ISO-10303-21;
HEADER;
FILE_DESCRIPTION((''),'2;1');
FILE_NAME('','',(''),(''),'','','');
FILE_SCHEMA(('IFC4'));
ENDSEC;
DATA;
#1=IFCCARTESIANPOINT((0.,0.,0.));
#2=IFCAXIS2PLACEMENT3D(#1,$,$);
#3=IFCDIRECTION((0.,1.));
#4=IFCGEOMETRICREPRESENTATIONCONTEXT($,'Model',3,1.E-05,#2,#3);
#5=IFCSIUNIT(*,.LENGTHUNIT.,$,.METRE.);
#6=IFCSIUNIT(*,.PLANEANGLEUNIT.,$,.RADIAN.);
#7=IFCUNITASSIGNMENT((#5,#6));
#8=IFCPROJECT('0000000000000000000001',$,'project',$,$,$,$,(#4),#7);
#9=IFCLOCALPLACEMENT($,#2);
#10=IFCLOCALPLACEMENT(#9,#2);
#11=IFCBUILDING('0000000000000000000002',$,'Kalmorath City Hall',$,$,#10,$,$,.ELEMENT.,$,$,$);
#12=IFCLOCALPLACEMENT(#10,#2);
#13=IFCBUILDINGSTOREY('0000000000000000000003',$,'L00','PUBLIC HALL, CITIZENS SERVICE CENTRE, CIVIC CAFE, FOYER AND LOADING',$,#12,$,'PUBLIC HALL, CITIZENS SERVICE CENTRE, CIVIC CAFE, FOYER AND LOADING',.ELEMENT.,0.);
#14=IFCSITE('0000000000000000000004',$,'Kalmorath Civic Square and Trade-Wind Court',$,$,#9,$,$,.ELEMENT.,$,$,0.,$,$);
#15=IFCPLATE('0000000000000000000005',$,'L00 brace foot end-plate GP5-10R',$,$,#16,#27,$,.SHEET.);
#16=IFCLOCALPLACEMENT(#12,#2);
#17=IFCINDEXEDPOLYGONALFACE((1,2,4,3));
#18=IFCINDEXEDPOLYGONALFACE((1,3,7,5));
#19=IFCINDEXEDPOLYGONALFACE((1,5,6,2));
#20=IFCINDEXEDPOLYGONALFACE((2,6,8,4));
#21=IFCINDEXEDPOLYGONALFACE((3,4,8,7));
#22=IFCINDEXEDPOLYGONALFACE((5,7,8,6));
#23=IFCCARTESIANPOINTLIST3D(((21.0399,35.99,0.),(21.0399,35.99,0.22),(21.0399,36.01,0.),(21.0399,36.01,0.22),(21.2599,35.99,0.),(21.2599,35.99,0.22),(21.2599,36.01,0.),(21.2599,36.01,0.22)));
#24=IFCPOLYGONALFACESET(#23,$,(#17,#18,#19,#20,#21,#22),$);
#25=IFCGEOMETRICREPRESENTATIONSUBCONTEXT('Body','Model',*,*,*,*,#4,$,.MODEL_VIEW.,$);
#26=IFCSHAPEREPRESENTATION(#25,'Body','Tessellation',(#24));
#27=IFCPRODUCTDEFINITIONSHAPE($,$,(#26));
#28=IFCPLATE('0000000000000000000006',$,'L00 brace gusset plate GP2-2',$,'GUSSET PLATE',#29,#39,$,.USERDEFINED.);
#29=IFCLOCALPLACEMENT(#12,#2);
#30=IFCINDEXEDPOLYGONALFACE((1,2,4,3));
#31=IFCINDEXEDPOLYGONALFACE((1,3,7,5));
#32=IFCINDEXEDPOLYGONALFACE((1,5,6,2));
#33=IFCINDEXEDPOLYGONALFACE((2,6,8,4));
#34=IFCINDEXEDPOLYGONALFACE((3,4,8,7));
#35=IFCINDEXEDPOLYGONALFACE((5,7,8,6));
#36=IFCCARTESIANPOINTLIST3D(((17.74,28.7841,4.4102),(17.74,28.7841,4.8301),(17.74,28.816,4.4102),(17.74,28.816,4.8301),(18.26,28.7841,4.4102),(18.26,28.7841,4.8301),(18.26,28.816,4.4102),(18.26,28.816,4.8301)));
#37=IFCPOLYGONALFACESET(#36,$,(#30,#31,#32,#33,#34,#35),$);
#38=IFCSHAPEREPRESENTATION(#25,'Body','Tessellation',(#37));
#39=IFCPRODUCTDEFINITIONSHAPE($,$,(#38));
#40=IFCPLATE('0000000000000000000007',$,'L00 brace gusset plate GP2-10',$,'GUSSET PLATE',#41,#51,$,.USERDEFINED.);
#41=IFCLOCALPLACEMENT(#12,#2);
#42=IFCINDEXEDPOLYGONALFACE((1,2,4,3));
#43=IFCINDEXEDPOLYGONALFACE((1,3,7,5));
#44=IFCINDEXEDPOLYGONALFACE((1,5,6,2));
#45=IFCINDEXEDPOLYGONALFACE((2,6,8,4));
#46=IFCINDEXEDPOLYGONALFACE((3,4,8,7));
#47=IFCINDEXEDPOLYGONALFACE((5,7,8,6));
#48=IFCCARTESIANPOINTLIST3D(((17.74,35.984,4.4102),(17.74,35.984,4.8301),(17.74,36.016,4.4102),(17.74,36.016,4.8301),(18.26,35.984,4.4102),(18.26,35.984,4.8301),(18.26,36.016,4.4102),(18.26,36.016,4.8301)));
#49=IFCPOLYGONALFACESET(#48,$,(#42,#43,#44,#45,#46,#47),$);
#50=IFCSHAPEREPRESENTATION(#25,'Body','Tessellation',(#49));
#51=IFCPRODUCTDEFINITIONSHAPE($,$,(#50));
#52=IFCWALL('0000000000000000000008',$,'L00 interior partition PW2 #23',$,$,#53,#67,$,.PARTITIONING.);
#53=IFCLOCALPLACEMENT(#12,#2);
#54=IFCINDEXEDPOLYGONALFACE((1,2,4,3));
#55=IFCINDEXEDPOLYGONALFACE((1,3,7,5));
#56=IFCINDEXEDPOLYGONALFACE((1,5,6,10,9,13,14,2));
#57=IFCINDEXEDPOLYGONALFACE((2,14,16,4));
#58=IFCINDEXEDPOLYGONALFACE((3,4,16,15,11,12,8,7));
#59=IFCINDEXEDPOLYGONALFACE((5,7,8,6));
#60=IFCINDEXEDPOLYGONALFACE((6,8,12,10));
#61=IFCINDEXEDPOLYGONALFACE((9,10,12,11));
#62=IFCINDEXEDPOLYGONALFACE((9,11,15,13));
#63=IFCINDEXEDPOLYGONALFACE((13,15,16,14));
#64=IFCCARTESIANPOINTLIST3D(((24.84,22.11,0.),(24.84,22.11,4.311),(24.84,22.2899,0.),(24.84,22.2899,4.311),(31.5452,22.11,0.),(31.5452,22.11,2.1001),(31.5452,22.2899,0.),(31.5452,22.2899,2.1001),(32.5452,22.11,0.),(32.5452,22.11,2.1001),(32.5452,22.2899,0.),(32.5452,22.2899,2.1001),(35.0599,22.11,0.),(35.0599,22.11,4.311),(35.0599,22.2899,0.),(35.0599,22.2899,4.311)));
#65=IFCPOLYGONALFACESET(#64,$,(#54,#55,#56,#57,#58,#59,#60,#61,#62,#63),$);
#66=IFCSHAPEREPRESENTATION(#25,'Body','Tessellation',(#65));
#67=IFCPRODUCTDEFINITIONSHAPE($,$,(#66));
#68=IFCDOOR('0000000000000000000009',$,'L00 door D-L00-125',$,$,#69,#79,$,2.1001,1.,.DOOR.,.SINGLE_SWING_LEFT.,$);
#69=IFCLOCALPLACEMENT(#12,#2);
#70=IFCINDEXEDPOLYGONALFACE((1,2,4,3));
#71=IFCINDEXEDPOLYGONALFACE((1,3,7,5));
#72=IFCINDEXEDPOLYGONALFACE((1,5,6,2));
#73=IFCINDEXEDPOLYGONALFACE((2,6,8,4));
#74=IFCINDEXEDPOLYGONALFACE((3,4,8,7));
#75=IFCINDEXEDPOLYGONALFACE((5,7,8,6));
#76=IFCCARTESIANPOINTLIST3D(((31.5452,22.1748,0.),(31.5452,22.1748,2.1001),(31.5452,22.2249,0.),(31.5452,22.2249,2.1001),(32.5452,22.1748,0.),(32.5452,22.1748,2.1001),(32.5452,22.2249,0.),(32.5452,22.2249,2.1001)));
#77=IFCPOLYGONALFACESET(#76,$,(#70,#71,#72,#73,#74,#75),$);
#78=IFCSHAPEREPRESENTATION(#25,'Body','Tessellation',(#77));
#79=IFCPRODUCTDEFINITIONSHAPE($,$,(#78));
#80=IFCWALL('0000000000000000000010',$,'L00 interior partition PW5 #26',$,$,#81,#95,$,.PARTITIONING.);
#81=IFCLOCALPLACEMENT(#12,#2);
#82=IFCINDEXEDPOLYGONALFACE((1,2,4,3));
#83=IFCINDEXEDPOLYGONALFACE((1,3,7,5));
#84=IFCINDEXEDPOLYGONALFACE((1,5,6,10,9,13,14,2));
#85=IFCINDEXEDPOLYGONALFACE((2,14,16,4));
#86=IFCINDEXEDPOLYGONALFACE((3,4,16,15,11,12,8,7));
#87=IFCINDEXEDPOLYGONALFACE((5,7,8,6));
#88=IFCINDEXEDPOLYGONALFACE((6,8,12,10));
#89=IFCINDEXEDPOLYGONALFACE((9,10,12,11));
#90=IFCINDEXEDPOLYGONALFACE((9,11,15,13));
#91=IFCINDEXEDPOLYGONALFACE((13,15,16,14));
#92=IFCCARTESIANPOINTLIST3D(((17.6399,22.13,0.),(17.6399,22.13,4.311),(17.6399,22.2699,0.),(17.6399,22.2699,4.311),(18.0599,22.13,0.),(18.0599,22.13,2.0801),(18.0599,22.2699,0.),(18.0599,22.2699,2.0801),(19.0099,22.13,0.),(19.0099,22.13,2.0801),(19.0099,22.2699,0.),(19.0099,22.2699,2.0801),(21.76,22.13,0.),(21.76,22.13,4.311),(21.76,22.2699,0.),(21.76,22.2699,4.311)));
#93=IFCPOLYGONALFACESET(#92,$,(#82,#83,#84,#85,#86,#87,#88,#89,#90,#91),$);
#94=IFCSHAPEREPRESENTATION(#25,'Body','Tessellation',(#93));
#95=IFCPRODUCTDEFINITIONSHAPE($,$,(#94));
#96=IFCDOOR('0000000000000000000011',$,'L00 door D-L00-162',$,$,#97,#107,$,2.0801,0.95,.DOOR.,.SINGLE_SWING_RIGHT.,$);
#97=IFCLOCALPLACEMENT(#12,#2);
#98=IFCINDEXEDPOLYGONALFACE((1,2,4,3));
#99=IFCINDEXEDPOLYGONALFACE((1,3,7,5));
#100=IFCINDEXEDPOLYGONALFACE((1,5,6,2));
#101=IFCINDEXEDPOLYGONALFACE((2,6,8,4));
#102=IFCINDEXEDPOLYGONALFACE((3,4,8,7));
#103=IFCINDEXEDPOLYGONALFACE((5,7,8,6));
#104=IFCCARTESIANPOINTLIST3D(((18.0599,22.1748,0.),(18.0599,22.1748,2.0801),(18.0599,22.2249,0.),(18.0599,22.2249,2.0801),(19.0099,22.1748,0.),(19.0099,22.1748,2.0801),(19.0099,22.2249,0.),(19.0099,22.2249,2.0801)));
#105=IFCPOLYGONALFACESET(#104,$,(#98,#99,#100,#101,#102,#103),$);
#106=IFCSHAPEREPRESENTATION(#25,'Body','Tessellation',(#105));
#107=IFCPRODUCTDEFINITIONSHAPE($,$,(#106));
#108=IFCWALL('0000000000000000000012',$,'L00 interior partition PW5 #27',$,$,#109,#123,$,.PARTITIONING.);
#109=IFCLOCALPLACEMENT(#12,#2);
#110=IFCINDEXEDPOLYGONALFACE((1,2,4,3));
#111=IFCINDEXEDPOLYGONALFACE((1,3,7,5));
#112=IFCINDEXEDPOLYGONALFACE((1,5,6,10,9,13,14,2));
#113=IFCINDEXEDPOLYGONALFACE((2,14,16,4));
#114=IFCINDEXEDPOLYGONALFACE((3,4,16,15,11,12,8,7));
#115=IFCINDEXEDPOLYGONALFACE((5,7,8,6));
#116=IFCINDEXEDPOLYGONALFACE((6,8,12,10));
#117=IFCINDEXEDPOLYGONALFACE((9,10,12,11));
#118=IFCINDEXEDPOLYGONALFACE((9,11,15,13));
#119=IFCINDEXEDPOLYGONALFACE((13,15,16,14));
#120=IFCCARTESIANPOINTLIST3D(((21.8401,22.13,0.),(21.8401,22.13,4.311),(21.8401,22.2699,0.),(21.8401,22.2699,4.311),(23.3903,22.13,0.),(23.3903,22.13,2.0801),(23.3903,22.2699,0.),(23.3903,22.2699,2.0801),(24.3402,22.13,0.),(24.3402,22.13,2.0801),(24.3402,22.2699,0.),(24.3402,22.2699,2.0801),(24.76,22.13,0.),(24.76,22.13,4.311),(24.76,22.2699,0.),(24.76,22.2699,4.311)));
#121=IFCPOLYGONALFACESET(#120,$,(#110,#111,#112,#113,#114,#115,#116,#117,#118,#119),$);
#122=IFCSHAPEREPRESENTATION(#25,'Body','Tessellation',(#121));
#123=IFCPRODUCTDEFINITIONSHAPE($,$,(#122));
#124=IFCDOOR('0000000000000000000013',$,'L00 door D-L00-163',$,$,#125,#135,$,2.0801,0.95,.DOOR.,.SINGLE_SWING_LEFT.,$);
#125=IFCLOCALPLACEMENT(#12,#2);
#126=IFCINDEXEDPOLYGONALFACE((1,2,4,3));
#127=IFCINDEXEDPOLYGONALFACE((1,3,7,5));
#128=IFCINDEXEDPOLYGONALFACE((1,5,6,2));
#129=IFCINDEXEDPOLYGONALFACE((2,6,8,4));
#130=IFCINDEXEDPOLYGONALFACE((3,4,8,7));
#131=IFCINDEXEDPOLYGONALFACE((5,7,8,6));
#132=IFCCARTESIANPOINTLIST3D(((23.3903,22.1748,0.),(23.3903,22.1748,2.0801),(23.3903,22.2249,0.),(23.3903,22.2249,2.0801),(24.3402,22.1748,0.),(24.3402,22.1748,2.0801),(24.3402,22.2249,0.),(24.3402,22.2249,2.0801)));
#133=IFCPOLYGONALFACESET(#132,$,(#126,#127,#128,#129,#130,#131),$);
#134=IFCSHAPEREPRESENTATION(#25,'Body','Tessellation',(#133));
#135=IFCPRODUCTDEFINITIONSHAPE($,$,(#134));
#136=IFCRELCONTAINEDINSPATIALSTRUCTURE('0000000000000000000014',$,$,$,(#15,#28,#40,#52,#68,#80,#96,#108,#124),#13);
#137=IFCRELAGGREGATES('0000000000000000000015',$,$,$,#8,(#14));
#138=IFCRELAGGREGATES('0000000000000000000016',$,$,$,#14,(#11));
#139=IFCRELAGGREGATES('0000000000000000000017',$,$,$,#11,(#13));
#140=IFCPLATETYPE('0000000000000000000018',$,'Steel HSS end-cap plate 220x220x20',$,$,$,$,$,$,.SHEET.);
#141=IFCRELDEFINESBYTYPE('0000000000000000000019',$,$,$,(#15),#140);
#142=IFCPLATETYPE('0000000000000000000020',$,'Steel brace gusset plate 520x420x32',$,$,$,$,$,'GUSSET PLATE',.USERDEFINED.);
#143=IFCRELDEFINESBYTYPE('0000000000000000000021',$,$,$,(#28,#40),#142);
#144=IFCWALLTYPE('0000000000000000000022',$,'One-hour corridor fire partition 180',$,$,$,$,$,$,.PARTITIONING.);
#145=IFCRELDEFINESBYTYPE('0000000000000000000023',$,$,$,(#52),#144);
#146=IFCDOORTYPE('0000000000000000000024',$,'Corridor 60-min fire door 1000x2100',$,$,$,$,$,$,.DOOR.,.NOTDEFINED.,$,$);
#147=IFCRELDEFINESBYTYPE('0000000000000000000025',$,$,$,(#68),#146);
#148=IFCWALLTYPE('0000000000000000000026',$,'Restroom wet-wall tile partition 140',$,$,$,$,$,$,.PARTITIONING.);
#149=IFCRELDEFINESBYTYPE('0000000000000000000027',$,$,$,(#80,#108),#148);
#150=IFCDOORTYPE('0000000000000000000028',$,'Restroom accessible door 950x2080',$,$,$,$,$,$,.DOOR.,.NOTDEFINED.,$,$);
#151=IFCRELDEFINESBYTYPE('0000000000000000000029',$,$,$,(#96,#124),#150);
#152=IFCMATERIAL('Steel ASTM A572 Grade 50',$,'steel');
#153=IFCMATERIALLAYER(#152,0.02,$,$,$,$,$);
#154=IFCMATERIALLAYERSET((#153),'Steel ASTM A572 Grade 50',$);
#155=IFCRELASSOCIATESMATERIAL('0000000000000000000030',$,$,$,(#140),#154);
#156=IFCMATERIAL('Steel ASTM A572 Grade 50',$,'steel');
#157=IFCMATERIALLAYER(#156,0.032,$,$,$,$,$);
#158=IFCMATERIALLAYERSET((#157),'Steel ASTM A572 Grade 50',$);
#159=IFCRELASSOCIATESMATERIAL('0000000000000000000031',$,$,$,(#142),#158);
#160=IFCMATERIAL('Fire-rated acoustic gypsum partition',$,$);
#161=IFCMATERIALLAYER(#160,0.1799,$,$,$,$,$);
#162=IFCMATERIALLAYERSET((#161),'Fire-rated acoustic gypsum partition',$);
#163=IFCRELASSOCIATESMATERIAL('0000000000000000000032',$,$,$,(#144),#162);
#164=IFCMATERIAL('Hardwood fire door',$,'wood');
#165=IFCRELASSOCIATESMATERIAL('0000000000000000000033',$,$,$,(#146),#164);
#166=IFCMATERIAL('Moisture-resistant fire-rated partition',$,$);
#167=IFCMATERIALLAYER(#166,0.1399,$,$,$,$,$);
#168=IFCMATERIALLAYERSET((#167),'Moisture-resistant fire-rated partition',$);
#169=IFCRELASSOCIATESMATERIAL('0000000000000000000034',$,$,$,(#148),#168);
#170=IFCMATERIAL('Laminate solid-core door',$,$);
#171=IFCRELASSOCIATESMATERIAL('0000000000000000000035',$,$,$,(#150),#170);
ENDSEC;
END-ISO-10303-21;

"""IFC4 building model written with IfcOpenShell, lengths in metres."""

from ifc_helpers import new_model, si_unit, direction, frame, frame_2d, origin, origin_2d, place, context, subcontext, project, spatial, rectangle, extrude, material, layer, layer_set, type_object, element, fill, save


model = new_model("IFC4")

# Units and contexts
model_context = context("Model", 3, precision=1e-05, world=origin(), true_north=direction((0.0, 1.0)))
body_context = subcontext(model_context, "Body", "Model", "MODEL_VIEW")
ifc_project = project(units=[si_unit("LENGTHUNIT", "METRE"), si_unit("PLANEANGLEUNIT", "RADIAN")], contexts=[model_context])

# Site, building, storey
site_placement = place(None, origin())
site = spatial("IfcSite", under=ifc_project, at=site_placement, Name="Kalmorath Civic Square and Trade-Wind Court", CompositionType="ELEMENT", RefElevation=0.0)
building_placement = place(site_placement, origin())
building = spatial("IfcBuilding", under=site, at=building_placement, Name="Kalmorath City Hall", CompositionType="ELEMENT")
storey_placement = place(building_placement, origin())
storey = spatial("IfcBuildingStorey", under=building, at=storey_placement, Name="L00", Description="PUBLIC HALL, CITIZENS SERVICE CENTRE, CIVIC CAFE, FOYER AND LOADING", LongName="PUBLIC HALL, CITIZENS SERVICE CENTRE, CIVIC CAFE, FOYER AND LOADING", CompositionType="ELEMENT", Elevation=0.0)

# Plates
ifc_material_1 = material(Name="Steel ASTM A572 Grade 50", Category="steel")
ifc_layer_1 = layer(ifc_material_1, 0.02)
ifc_layer_set_1 = layer_set([ifc_layer_1], Name="Steel ASTM A572 Grade 50")
plate_type_1 = type_object("IfcPlateType", Name="Steel HSS end-cap plate 220x220x20", PredefinedType="SHEET", material=ifc_layer_set_1)
for number, where, z_axis, x_axis, name in (
    (1, (21.1499, 36.0, 0.0), (0.0, 0.0, 1.0), (1.0, 0.0, 0.0), "L00 brace foot end-plate GP5-10R"),
):
    element("IfcPlate", number, at=place(storey_placement, frame(where, z_axis=z_axis, x_axis=x_axis)), inside=storey, type_object=plate_type_1, Name=name, PredefinedType="SHEET", context=body_context, shape_type="SweptSolid", body=[
        extrude(rectangle(XDim=0.22, YDim=0.02, at=origin_2d()), origin(), (0.0, 0.0, 1.0), 0.22),
    ])
ifc_material_2 = material(Name="Steel ASTM A572 Grade 50", Category="steel")
ifc_layer_2 = layer(ifc_material_2, 0.032)
ifc_layer_set_2 = layer_set([ifc_layer_2], Name="Steel ASTM A572 Grade 50")
plate_type_2 = type_object("IfcPlateType", Name="Steel brace gusset plate 520x420x32", ElementType="GUSSET PLATE", PredefinedType="USERDEFINED", material=ifc_layer_set_2)
for number, where, z_axis, x_axis, name in (
    (2, (18.0, 28.8, 4.4102), (0.0, 0.0, 1.0), (1.0, 0.0, 0.0), "L00 brace gusset plate GP2-2"),
    (3, (18.0, 36.0, 4.4102), (0.0, 0.0, 1.0), (1.0, 0.0, 0.0), "L00 brace gusset plate GP2-10"),
):
    element("IfcPlate", number, at=place(storey_placement, frame(where, z_axis=z_axis, x_axis=x_axis)), inside=storey, type_object=plate_type_2, Name=name, ObjectType="GUSSET PLATE", PredefinedType="USERDEFINED", context=body_context, shape_type="SweptSolid", body=[
        extrude(rectangle(XDim=0.52, YDim=0.032, at=origin_2d()), origin(), (0.0, 0.0, 1.0), 0.4199),
    ])

# Walls, openings, doors
ifc_material_3 = material(Name="Fire-rated acoustic gypsum partition")
ifc_layer_3 = layer(ifc_material_3, 0.1799)
ifc_layer_set_3 = layer_set([ifc_layer_3], Name="Fire-rated acoustic gypsum partition")
wall_type_1 = type_object("IfcWallType", Name="One-hour corridor fire partition 180", PredefinedType="PARTITIONING", material=ifc_layer_set_3)
wall_1_placement = place(storey_placement, frame((24.8401, 22.2, 0.0), z_axis=(0.0, 0.0, 1.0), x_axis=(1.0, 0.0, 0.0)))
wall_1 = element("IfcWall", 4, at=wall_1_placement, inside=storey, type_object=wall_type_1, Name="L00 interior partition PW2 #23", PredefinedType="PARTITIONING", context=body_context, shape_type="SweptSolid", body=[
    extrude(rectangle(XDim=10.22, YDim=0.1799, at=frame_2d((5.1099, 0.0))), origin(), (0.0, 0.0, 1.0), 4.311),
])
opening_1_placement = place(wall_1_placement, frame((6.7051, 0.0, 0.0)))
opening_1 = element("IfcOpeningElement", 5, at=opening_1_placement, cuts=wall_1, PredefinedType="OPENING", context=body_context, shape_type="SweptSolid", body=[
    extrude(rectangle(XDim=1.0, YDim=2.1001, at=frame_2d((0.5, 1.05))), frame((0.0, 0.0999, 0.0), z_axis=(0.0, -1.0, 0.0), x_axis=(1.0, 0.0, 0.0)), (0.0, 0.0, 1.0), 0.2),
])
ifc_material_4 = material(Name="Hardwood fire door", Category="wood")
door_type_1 = type_object("IfcDoorType", Name="Corridor 60-min fire door 1000x2100", OperationType="NOTDEFINED", PredefinedType="DOOR", material=ifc_material_4)
door_1_placement = place(opening_1_placement, origin())
door_1 = element("IfcDoor", 6, at=door_1_placement, inside=storey, type_object=door_type_1, Name="L00 door D-L00-125", OperationType="SINGLE_SWING_LEFT", OverallHeight=2.1001, OverallWidth=1.0, PredefinedType="DOOR", context=body_context, shape_type="SweptSolid", body=[
    extrude(rectangle(XDim=1.0, YDim=2.1001, at=frame_2d((0.5, 1.05))), frame((0.0, 0.0249, 0.0), z_axis=(0.0, -1.0, 0.0), x_axis=(1.0, 0.0, 0.0)), (0.0, 0.0, 1.0), 0.05),
])
fill(opening_1, door_1)
ifc_material_5 = material(Name="Moisture-resistant fire-rated partition")
ifc_layer_4 = layer(ifc_material_5, 0.1399)
ifc_layer_set_4 = layer_set([ifc_layer_4], Name="Moisture-resistant fire-rated partition")
wall_type_2 = type_object("IfcWallType", Name="Restroom wet-wall tile partition 140", PredefinedType="PARTITIONING", material=ifc_layer_set_4)
wall_2_placement = place(storey_placement, frame((17.6399, 22.2, 0.0), z_axis=(0.0, 0.0, 1.0), x_axis=(1.0, 0.0, 0.0)))
wall_2 = element("IfcWall", 7, at=wall_2_placement, inside=storey, type_object=wall_type_2, Name="L00 interior partition PW5 #26", PredefinedType="PARTITIONING", context=body_context, shape_type="SweptSolid", body=[
    extrude(rectangle(XDim=4.1201, YDim=0.1399, at=frame_2d((2.0601, 0.0))), origin(), (0.0, 0.0, 1.0), 4.311),
])
opening_2_placement = place(wall_2_placement, frame((0.4199, 0.0, 0.0)))
opening_2 = element("IfcOpeningElement", 8, at=opening_2_placement, cuts=wall_2, PredefinedType="OPENING", context=body_context, shape_type="SweptSolid", body=[
    extrude(rectangle(XDim=0.95, YDim=2.0801, at=frame_2d((0.4751, 1.04))), frame((0.0, 0.0798, 0.0), z_axis=(0.0, -1.0, 0.0), x_axis=(1.0, 0.0, 0.0)), (0.0, 0.0, 1.0), 0.1599),
])
ifc_material_6 = material(Name="Laminate solid-core door")
door_type_2 = type_object("IfcDoorType", Name="Restroom accessible door 950x2080", OperationType="NOTDEFINED", PredefinedType="DOOR", material=ifc_material_6)
door_2_placement = place(opening_2_placement, origin())
door_2 = element("IfcDoor", 9, at=door_2_placement, inside=storey, type_object=door_type_2, Name="L00 door D-L00-162", OperationType="SINGLE_SWING_RIGHT", OverallHeight=2.0801, OverallWidth=0.95, PredefinedType="DOOR", context=body_context, shape_type="SweptSolid", body=[
    extrude(rectangle(XDim=0.95, YDim=2.0801, at=frame_2d((0.4751, 1.04))), frame((0.0, 0.0249, 0.0), z_axis=(0.0, -1.0, 0.0), x_axis=(1.0, 0.0, 0.0)), (0.0, 0.0, 1.0), 0.05),
])
fill(opening_2, door_2)
wall_3_placement = place(storey_placement, frame((21.8401, 22.2, 0.0), z_axis=(0.0, 0.0, 1.0), x_axis=(1.0, 0.0, 0.0)))
wall_3 = element("IfcWall", 10, at=wall_3_placement, inside=storey, type_object=wall_type_2, Name="L00 interior partition PW5 #27", PredefinedType="PARTITIONING", context=body_context, shape_type="SweptSolid", body=[
    extrude(rectangle(XDim=2.9199, YDim=0.1399, at=frame_2d((1.46, 0.0))), origin(), (0.0, 0.0, 1.0), 4.311),
])
opening_3_placement = place(wall_3_placement, frame((1.55, 0.0, 0.0)))
opening_3 = element("IfcOpeningElement", 11, at=opening_3_placement, cuts=wall_3, PredefinedType="OPENING", context=body_context, shape_type="SweptSolid", body=[
    extrude(rectangle(XDim=0.95, YDim=2.0801, at=frame_2d((0.4751, 1.04))), frame((0.0, 0.0798, 0.0), z_axis=(0.0, -1.0, 0.0), x_axis=(1.0, 0.0, 0.0)), (0.0, 0.0, 1.0), 0.1599),
])
door_3_placement = place(opening_3_placement, origin())
door_3 = element("IfcDoor", 12, at=door_3_placement, inside=storey, type_object=door_type_2, Name="L00 door D-L00-163", OperationType="SINGLE_SWING_LEFT", OverallHeight=2.0801, OverallWidth=0.95, PredefinedType="DOOR", context=body_context, shape_type="SweptSolid", body=[
    extrude(rectangle(XDim=0.95, YDim=2.0801, at=frame_2d((0.4751, 1.04))), frame((0.0, 0.0249, 0.0), z_axis=(0.0, -1.0, 0.0), x_axis=(1.0, 0.0, 0.0)), (0.0, 0.0, 1.0), 0.05),
])
fill(opening_3, door_3)

save(model, "model.ifc")
